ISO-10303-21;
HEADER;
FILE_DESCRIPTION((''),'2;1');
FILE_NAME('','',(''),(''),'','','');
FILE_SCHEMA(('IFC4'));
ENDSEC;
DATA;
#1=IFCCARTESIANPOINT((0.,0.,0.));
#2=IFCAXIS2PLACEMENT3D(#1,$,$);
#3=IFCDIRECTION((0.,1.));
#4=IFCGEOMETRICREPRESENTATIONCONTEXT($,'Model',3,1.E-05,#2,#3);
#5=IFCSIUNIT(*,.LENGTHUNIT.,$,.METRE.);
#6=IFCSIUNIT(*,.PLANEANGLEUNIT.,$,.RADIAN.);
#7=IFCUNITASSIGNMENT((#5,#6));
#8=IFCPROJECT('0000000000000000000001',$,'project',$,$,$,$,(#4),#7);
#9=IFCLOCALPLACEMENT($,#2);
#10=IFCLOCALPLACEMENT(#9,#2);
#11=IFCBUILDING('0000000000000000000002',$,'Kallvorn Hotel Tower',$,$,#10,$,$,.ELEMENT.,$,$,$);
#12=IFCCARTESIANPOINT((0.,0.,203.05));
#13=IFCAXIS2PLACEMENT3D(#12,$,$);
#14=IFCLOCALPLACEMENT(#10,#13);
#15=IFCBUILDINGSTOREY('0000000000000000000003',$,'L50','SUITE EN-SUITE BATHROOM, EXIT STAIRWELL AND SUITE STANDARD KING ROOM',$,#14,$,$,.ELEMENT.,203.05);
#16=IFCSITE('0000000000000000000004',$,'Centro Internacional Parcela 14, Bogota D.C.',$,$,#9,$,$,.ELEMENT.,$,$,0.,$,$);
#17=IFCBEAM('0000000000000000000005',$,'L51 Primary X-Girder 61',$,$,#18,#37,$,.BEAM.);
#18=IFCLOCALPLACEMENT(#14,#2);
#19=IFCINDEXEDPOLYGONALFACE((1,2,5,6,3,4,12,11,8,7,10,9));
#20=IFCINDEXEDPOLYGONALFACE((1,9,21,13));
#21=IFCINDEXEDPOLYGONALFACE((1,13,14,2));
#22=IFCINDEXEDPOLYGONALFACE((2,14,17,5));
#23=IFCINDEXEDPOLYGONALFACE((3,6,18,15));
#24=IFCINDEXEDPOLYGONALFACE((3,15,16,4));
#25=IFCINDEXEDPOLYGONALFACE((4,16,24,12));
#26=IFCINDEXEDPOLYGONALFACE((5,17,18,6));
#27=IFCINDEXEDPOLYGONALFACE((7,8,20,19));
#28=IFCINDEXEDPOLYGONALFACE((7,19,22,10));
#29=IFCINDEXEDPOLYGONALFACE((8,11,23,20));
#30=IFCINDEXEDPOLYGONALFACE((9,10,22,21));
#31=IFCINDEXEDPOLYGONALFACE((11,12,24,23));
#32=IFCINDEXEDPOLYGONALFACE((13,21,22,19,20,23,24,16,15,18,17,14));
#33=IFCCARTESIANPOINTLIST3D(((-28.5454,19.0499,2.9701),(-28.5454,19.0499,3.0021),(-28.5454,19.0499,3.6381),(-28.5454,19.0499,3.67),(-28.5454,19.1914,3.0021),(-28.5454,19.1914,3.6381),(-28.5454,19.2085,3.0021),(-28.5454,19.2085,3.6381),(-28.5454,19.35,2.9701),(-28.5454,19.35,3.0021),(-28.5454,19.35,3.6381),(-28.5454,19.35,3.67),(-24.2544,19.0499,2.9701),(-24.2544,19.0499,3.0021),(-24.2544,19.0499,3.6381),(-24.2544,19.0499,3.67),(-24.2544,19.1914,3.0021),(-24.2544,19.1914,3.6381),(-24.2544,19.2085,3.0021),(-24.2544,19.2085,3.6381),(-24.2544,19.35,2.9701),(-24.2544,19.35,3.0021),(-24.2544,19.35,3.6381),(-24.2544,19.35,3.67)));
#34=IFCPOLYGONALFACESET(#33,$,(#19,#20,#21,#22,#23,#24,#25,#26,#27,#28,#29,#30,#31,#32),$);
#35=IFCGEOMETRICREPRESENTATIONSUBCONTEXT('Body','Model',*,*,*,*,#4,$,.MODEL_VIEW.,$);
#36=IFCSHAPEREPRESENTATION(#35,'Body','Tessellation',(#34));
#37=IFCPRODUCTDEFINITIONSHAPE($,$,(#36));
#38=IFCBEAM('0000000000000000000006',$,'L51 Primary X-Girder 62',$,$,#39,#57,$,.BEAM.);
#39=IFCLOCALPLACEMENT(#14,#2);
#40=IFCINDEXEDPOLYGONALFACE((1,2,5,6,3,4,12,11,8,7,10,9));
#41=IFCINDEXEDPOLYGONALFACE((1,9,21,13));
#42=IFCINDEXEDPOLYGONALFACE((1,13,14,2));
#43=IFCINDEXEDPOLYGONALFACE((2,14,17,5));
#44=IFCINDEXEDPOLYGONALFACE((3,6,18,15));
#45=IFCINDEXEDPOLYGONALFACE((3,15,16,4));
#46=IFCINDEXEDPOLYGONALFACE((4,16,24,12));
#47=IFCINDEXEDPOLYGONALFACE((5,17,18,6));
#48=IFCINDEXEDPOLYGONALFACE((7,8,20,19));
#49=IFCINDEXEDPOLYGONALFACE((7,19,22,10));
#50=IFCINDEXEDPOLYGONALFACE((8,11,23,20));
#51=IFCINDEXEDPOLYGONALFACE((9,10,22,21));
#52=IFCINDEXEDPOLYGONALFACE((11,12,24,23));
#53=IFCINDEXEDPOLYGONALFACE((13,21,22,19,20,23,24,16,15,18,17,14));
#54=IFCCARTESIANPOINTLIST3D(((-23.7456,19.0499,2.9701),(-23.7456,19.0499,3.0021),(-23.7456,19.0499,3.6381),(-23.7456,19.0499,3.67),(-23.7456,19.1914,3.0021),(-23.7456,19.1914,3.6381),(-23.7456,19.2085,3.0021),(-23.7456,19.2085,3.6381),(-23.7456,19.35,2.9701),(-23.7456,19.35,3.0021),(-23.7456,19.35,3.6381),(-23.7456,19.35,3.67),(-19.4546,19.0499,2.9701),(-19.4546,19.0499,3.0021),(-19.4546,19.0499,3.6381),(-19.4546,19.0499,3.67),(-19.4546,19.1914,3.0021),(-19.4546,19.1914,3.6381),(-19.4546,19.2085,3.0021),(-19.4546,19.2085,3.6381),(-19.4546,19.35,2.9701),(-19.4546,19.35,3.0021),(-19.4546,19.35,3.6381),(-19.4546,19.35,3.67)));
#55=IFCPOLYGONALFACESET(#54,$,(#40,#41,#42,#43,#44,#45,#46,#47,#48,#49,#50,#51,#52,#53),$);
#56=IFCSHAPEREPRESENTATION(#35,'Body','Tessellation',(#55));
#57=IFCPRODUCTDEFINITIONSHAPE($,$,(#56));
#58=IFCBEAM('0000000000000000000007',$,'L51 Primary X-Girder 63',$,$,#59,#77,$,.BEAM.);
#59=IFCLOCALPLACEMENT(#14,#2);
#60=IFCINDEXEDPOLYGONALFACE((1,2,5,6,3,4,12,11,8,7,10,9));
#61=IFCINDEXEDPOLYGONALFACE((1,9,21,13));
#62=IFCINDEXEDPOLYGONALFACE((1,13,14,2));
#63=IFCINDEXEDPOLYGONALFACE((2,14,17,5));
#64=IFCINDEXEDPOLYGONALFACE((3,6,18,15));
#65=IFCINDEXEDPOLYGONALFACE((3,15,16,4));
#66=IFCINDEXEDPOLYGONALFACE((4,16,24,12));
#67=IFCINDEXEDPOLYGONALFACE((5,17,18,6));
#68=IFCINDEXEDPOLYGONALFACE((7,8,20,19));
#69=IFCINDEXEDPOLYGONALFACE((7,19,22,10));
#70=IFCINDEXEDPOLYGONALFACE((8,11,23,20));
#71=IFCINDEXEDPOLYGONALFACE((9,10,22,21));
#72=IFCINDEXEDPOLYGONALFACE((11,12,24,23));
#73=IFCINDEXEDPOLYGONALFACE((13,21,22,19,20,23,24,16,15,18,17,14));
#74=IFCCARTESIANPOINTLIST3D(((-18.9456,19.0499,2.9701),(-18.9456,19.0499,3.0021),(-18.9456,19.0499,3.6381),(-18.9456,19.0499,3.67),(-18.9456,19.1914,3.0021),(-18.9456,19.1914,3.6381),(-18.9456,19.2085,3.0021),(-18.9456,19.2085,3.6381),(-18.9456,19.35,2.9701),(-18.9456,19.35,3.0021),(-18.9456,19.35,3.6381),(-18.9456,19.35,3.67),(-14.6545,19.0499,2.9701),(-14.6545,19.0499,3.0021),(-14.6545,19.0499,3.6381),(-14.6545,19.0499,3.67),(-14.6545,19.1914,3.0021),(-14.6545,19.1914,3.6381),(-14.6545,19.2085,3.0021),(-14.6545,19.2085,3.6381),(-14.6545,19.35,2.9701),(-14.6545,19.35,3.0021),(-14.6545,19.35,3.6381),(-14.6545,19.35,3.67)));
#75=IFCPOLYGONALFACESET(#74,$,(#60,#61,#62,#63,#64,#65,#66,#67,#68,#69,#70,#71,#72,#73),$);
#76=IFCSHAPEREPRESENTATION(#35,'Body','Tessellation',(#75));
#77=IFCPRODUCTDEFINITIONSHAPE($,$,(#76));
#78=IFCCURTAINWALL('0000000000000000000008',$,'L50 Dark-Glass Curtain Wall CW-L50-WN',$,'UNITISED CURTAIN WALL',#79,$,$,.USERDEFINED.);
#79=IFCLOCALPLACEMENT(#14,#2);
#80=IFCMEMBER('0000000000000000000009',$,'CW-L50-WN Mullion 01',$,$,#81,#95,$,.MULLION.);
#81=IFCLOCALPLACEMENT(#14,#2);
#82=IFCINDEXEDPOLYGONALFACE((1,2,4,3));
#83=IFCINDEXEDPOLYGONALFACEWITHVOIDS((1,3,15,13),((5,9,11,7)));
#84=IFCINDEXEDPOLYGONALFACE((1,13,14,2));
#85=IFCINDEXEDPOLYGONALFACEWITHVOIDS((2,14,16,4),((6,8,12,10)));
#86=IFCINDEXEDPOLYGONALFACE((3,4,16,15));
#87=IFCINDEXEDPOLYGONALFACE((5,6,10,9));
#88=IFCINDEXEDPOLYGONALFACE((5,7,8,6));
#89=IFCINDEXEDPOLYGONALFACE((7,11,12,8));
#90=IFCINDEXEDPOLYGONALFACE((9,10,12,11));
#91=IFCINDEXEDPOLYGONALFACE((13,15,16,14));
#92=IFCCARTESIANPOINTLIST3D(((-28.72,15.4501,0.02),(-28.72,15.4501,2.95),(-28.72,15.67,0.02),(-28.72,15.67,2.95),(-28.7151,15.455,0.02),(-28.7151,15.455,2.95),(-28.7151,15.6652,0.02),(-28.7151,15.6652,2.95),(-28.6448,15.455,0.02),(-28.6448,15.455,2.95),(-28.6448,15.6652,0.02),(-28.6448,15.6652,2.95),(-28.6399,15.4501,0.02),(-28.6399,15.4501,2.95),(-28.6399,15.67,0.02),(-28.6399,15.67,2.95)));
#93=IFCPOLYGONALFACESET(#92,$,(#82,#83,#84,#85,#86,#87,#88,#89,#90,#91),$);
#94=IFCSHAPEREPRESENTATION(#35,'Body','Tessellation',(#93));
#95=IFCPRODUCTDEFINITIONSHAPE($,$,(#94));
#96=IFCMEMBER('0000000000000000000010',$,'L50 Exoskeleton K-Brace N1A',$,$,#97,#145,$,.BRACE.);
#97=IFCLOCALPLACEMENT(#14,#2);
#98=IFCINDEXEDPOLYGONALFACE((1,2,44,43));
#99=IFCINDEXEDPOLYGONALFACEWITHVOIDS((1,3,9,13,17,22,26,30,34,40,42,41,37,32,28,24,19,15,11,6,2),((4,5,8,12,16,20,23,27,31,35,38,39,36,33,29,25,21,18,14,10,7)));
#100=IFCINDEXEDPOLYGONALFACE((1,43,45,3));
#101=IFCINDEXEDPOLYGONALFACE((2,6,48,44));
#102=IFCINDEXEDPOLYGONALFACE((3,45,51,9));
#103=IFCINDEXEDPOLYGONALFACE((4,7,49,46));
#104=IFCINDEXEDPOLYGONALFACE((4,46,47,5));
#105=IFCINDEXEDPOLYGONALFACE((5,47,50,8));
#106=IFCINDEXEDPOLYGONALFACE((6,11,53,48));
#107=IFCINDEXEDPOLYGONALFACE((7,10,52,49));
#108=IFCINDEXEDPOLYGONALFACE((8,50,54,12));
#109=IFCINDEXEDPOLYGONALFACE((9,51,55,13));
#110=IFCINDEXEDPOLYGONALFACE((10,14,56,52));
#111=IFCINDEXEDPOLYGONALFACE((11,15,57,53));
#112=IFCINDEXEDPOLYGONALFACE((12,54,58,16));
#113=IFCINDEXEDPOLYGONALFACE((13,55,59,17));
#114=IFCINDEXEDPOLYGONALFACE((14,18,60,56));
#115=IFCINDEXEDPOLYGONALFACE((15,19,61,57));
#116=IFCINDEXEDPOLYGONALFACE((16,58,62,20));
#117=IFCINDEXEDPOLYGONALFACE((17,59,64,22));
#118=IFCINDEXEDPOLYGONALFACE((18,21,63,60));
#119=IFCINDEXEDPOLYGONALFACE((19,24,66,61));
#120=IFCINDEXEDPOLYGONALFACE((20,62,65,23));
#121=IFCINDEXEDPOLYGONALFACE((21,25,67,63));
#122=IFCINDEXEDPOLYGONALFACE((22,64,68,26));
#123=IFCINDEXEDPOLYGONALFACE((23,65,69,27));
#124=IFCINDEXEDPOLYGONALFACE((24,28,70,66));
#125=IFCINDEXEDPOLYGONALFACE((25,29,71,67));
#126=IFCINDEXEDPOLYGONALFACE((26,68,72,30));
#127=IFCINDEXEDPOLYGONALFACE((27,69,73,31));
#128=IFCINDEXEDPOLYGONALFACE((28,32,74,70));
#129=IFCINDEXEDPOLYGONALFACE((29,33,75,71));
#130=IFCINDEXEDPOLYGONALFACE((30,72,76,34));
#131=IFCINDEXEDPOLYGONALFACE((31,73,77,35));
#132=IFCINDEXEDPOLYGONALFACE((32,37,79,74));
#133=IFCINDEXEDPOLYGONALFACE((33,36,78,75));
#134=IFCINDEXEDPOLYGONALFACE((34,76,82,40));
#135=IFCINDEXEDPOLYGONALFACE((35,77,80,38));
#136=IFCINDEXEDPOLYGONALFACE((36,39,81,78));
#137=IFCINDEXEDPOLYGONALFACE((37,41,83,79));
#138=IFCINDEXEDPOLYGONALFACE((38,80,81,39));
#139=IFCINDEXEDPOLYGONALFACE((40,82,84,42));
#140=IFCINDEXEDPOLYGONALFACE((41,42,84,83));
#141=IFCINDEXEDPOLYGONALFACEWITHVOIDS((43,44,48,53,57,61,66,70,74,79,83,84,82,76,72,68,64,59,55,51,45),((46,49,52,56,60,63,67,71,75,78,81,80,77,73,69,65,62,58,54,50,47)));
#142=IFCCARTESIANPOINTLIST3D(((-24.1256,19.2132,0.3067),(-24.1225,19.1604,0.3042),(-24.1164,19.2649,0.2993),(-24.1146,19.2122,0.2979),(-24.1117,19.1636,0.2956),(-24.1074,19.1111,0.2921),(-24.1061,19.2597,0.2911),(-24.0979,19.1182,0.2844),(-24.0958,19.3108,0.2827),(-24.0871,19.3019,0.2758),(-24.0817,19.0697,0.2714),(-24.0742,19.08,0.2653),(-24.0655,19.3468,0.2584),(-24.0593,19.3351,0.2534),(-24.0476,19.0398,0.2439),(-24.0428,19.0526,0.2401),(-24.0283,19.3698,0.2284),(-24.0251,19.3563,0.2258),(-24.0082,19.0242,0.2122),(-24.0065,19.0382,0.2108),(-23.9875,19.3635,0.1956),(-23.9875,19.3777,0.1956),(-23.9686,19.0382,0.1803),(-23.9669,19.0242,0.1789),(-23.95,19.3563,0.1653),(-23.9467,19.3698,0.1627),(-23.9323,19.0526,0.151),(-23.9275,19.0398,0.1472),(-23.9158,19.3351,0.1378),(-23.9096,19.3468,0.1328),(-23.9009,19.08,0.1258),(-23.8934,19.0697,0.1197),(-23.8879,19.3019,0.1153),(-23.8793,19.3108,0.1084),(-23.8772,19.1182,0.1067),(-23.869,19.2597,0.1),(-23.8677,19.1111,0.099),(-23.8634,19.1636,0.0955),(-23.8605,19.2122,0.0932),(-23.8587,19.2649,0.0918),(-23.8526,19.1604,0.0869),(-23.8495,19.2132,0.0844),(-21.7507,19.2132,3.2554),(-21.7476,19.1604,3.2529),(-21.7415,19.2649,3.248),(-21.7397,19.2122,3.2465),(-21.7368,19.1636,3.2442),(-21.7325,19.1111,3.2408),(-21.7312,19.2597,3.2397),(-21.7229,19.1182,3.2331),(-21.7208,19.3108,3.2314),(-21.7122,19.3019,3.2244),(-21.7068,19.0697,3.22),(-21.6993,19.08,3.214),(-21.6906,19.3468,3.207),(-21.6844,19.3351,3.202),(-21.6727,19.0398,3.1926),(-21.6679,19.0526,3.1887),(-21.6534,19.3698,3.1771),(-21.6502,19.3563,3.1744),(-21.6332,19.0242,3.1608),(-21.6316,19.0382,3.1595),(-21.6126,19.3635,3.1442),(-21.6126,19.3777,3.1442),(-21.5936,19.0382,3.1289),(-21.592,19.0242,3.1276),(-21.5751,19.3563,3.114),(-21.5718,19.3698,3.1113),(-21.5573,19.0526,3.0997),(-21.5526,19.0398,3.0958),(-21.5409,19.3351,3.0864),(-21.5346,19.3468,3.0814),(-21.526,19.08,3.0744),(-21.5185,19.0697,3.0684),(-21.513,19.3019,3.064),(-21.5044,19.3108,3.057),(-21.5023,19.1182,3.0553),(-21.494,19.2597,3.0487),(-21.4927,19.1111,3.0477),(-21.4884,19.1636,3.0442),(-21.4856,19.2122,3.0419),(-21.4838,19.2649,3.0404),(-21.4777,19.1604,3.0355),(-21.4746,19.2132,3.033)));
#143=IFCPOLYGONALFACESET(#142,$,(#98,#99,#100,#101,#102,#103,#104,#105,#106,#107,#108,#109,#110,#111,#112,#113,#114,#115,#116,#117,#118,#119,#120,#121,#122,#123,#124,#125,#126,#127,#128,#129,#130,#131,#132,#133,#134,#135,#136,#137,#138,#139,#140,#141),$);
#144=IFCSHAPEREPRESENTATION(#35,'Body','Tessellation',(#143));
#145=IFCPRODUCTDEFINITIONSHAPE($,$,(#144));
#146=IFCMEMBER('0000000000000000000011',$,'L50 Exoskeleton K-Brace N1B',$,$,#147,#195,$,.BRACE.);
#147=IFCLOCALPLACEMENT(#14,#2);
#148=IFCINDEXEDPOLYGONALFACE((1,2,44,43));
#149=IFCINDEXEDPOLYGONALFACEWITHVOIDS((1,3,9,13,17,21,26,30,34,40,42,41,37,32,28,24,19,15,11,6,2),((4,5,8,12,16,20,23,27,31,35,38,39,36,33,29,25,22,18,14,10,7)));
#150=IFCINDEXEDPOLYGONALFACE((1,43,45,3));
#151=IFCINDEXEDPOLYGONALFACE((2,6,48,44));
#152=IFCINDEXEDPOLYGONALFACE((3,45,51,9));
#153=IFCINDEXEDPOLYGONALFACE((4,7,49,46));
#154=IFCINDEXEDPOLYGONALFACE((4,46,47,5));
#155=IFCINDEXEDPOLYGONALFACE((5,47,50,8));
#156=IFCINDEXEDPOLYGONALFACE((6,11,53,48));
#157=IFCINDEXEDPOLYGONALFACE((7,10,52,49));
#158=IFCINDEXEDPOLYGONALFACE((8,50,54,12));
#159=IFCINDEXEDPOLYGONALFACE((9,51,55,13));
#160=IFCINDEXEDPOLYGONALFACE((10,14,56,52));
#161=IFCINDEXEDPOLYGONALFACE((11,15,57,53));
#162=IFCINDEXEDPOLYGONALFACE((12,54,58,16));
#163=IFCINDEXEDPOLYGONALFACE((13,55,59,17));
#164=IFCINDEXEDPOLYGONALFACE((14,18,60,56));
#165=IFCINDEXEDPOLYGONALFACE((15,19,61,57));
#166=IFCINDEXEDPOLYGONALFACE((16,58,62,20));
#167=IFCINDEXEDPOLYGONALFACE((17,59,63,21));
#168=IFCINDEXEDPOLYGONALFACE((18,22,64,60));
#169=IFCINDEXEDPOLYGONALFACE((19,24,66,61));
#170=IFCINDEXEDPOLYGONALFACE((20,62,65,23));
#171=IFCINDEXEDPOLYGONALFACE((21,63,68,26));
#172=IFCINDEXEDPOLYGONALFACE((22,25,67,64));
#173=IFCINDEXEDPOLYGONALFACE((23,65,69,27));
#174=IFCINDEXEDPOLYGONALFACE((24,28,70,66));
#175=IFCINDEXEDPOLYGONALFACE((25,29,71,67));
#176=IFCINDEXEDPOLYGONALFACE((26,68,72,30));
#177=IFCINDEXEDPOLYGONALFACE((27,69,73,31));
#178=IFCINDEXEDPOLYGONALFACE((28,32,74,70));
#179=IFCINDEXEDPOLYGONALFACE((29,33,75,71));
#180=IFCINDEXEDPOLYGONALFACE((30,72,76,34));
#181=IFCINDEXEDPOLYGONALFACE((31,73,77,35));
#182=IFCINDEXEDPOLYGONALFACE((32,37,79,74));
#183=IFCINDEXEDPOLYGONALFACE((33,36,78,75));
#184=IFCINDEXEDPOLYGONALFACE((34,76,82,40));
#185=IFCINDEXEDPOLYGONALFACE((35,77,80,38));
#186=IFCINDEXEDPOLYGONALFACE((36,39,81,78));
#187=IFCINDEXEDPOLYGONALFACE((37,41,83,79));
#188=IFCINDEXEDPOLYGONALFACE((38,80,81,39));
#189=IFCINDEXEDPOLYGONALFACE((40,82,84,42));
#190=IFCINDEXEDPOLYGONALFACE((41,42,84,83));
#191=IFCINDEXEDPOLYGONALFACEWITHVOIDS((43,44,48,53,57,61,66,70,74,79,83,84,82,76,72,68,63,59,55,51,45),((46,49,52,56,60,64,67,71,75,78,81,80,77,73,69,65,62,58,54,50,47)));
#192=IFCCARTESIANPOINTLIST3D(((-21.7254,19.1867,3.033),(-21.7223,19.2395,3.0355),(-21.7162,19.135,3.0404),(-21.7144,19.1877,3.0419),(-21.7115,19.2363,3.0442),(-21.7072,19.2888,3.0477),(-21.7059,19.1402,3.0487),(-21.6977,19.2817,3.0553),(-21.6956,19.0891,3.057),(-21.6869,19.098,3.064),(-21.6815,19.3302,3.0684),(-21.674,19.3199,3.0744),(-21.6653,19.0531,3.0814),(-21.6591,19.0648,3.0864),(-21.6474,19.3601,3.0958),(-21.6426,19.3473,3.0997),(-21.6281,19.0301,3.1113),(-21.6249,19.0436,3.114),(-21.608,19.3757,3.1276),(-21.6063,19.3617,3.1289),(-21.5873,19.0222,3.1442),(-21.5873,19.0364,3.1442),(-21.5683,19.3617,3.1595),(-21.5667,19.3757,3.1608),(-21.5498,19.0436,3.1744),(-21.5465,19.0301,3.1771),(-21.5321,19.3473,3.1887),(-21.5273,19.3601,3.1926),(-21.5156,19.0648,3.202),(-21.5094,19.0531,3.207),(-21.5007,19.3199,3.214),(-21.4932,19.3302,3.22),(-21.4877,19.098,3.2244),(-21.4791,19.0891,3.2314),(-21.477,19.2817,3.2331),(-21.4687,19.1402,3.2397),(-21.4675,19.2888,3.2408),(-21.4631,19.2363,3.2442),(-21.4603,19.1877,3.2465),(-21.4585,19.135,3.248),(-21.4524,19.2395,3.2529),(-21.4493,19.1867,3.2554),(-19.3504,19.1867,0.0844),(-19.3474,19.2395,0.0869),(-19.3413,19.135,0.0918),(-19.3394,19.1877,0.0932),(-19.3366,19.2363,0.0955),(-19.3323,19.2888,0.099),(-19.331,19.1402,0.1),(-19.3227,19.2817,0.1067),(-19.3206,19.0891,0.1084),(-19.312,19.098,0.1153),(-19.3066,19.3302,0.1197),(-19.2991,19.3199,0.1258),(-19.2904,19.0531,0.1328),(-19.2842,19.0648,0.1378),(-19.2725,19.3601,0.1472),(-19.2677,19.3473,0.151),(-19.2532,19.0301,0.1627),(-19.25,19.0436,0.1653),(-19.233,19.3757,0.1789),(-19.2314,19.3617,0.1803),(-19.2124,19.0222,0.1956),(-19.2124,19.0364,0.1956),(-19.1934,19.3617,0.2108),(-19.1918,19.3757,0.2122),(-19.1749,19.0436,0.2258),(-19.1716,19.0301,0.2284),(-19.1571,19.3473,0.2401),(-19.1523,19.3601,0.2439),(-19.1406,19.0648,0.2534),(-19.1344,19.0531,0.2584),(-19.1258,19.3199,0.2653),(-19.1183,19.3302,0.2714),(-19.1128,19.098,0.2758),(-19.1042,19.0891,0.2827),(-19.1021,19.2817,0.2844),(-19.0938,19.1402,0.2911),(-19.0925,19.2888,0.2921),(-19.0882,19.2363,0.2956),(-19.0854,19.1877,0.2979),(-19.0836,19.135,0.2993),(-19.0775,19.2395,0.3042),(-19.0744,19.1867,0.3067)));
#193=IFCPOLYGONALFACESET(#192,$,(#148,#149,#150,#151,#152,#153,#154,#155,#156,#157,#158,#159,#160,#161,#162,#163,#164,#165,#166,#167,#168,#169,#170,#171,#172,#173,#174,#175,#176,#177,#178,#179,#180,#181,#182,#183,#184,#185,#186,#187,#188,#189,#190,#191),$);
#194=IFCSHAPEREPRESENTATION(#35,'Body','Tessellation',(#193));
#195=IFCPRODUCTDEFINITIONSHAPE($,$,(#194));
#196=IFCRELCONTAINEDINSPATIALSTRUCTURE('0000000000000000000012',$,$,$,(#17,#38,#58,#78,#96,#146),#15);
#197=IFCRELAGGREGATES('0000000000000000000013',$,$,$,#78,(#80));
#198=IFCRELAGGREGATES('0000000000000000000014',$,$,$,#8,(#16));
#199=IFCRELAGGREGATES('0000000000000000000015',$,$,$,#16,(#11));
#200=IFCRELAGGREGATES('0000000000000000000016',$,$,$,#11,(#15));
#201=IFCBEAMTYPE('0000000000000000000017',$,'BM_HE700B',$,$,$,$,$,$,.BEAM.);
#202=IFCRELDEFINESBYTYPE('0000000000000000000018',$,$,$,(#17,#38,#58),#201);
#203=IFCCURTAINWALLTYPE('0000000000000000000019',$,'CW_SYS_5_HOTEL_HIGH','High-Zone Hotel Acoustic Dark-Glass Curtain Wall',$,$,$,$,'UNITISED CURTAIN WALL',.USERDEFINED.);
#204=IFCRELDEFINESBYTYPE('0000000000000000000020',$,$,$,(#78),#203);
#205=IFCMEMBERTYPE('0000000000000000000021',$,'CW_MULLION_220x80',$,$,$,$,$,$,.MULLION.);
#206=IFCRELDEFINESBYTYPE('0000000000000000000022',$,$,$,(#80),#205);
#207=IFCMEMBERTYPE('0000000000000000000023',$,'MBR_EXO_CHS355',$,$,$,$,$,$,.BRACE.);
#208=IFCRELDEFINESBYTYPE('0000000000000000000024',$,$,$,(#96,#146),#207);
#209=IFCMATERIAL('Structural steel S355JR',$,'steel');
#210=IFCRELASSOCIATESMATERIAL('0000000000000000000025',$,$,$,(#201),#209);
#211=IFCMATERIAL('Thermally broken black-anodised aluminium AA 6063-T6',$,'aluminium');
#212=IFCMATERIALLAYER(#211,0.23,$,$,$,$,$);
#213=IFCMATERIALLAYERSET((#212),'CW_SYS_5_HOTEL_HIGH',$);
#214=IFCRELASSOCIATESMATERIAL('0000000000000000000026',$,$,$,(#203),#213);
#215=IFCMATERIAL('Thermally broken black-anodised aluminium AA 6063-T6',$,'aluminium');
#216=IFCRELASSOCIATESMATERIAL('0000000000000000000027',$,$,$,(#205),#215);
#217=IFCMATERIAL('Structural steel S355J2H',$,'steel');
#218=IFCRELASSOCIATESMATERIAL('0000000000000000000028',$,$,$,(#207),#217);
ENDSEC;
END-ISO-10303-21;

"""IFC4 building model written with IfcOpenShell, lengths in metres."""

from ifc_helpers import new_model, si_unit, direction, frame, origin, origin_2d, place, context, subcontext, project, spatial, hollow_rectangle, hollow_circle, i_section, extrude, material, layer, layer_set, material_profile, profile_set, type_object, element, aggregate, save


model = new_model("IFC4")

# Units and contexts
model_context = context("Model", 3, precision=1e-05, world=origin(), true_north=direction((0.0, 1.0)))
body_context = subcontext(model_context, "Body", "Model", "MODEL_VIEW")
ifc_project = project(units=[si_unit("LENGTHUNIT", "METRE"), si_unit("PLANEANGLEUNIT", "RADIAN")], contexts=[model_context])

# Site, building, storey
site_placement = place(None, origin())
site = spatial("IfcSite", under=ifc_project, at=site_placement, Name="Centro Internacional Parcela 14, Bogota D.C.", CompositionType="ELEMENT", RefElevation=0.0)
building_placement = place(site_placement, origin())
building = spatial("IfcBuilding", under=site, at=building_placement, Name="Kallvorn Hotel Tower", CompositionType="ELEMENT")
storey_placement = place(building_placement, frame((0.0, 0.0, 203.05)))
storey = spatial("IfcBuildingStorey", under=building, at=storey_placement, Name="L50", Description="SUITE EN-SUITE BATHROOM, EXIT STAIRWELL AND SUITE STANDARD KING ROOM", CompositionType="ELEMENT", Elevation=203.05)

# Beams
ifc_material_1 = material(Name="Structural steel S355JR", Category="steel")
ifc_material_profile_1 = material_profile(ifc_material_1, i_section(OverallWidth=0.3, OverallDepth=0.7, WebThickness=0.0171, FlangeThickness=0.032, at=origin_2d()), Name="HE 700 B")
ifc_profile_set_1 = profile_set([ifc_material_profile_1], Name="Structural steel S355JR")
beam_type_1 = type_object("IfcBeamType", Name="BM_HE700B", PredefinedType="BEAM", material=ifc_profile_set_1)
for number, where, z_axis, x_axis, name in (
    (1, (-28.5454, 19.2, 3.3201), (1.0, 0.0, 0.0), (0.0, 1.0, 0.0), "L51 Primary X-Girder 61"),
    (2, (-23.7456, 19.2, 3.3201), (1.0, 0.0, 0.0), (0.0, 1.0, 0.0), "L51 Primary X-Girder 62"),
    (3, (-18.9456, 19.2, 3.3201), (1.0, 0.0, 0.0), (0.0, 1.0, 0.0), "L51 Primary X-Girder 63"),
):
    element("IfcBeam", number, at=place(storey_placement, frame(where, z_axis=z_axis, x_axis=x_axis)), inside=storey, type_object=beam_type_1, Name=name, PredefinedType="BEAM", context=body_context, shape_type="SweptSolid", body=[
        extrude(i_section(OverallWidth=0.3, OverallDepth=0.7, WebThickness=0.0171, FlangeThickness=0.032, at=origin_2d()), origin(), (0.0, 0.0, 1.0), 4.291),
    ])

# Curtain wall, member
ifc_material_2 = material(Name="Thermally broken black-anodised aluminium AA 6063-T6", Category="aluminium")
ifc_layer_1 = layer(ifc_material_2, 0.23)
ifc_layer_set_1 = layer_set([ifc_layer_1], Name="CW_SYS_5_HOTEL_HIGH")
curtain_wall_type = type_object("IfcCurtainWallType", Name="CW_SYS_5_HOTEL_HIGH", Description="High-Zone Hotel Acoustic Dark-Glass Curtain Wall", ElementType="UNITISED CURTAIN WALL", PredefinedType="USERDEFINED", material=ifc_layer_set_1)
curtain_wall_placement = place(storey_placement, origin())
curtain_wall = element("IfcCurtainWall", 4, at=curtain_wall_placement, inside=storey, type_object=curtain_wall_type, Name="L50 Dark-Glass Curtain Wall CW-L50-WN", ObjectType="UNITISED CURTAIN WALL", PredefinedType="USERDEFINED")
ifc_material_3 = material(Name="Thermally broken black-anodised aluminium AA 6063-T6", Category="aluminium")
ifc_material_profile_2 = material_profile(ifc_material_3, hollow_rectangle(XDim=0.0801, YDim=0.22, WallThickness=0.0049, at=origin_2d()), Name="MUL 220x80")
ifc_profile_set_2 = profile_set([ifc_material_profile_2], Name="Thermally broken black-anodised aluminium AA 6063-T6")
member_type_1 = type_object("IfcMemberType", Name="CW_MULLION_220x80", PredefinedType="MULLION", material=ifc_profile_set_2)
member_placement = place(storey_placement, frame((-28.6799, 15.5601, 0.02), z_axis=(0.0, 0.0, 1.0), x_axis=(1.0, 0.0, 0.0)))
member = element("IfcMember", 5, at=member_placement, type_object=member_type_1, Name="CW-L50-WN Mullion 01", PredefinedType="MULLION", context=body_context, shape_type="SweptSolid", body=[
    extrude(hollow_rectangle(XDim=0.0801, YDim=0.22, WallThickness=0.0049, at=origin_2d()), origin(), (0.0, 0.0, 1.0), 2.9299),
])
aggregate(curtain_wall, [member])

# Members
ifc_material_4 = material(Name="Structural steel S355J2H", Category="steel")
ifc_material_profile_3 = material_profile(ifc_material_4, hollow_circle(Radius=0.1777, WallThickness=0.0142, at=origin_2d()), Name="CHS 355.6x14.2")
ifc_profile_set_3 = profile_set([ifc_material_profile_3], Name="Structural steel S355J2H")
member_type_2 = type_object("IfcMemberType", Name="MBR_EXO_CHS355", PredefinedType="BRACE", material=ifc_profile_set_3)
for number, where, z_axis, x_axis, name in (
    (6, (-23.9875, 19.2, 0.1956), (0.627271, 0.0, 0.778801), (0.0, 1.0, 0.0), "L50 Exoskeleton K-Brace N1A"),
    (7, (-19.2124, 19.2, 0.1956), (-0.627271, 0.0, 0.778801), (0.0, -1.0, 0.0), "L50 Exoskeleton K-Brace N1B"),
):
    element("IfcMember", number, at=place(storey_placement, frame(where, z_axis=z_axis, x_axis=x_axis)), inside=storey, type_object=member_type_2, Name=name, PredefinedType="BRACE", context=body_context, shape_type="SweptSolid", body=[
        extrude(hollow_circle(Radius=0.1777, WallThickness=0.0142, at=origin_2d()), origin(), (0.0, 0.0, 1.0), 3.7861),
    ])

save(model, "model.ifc")
